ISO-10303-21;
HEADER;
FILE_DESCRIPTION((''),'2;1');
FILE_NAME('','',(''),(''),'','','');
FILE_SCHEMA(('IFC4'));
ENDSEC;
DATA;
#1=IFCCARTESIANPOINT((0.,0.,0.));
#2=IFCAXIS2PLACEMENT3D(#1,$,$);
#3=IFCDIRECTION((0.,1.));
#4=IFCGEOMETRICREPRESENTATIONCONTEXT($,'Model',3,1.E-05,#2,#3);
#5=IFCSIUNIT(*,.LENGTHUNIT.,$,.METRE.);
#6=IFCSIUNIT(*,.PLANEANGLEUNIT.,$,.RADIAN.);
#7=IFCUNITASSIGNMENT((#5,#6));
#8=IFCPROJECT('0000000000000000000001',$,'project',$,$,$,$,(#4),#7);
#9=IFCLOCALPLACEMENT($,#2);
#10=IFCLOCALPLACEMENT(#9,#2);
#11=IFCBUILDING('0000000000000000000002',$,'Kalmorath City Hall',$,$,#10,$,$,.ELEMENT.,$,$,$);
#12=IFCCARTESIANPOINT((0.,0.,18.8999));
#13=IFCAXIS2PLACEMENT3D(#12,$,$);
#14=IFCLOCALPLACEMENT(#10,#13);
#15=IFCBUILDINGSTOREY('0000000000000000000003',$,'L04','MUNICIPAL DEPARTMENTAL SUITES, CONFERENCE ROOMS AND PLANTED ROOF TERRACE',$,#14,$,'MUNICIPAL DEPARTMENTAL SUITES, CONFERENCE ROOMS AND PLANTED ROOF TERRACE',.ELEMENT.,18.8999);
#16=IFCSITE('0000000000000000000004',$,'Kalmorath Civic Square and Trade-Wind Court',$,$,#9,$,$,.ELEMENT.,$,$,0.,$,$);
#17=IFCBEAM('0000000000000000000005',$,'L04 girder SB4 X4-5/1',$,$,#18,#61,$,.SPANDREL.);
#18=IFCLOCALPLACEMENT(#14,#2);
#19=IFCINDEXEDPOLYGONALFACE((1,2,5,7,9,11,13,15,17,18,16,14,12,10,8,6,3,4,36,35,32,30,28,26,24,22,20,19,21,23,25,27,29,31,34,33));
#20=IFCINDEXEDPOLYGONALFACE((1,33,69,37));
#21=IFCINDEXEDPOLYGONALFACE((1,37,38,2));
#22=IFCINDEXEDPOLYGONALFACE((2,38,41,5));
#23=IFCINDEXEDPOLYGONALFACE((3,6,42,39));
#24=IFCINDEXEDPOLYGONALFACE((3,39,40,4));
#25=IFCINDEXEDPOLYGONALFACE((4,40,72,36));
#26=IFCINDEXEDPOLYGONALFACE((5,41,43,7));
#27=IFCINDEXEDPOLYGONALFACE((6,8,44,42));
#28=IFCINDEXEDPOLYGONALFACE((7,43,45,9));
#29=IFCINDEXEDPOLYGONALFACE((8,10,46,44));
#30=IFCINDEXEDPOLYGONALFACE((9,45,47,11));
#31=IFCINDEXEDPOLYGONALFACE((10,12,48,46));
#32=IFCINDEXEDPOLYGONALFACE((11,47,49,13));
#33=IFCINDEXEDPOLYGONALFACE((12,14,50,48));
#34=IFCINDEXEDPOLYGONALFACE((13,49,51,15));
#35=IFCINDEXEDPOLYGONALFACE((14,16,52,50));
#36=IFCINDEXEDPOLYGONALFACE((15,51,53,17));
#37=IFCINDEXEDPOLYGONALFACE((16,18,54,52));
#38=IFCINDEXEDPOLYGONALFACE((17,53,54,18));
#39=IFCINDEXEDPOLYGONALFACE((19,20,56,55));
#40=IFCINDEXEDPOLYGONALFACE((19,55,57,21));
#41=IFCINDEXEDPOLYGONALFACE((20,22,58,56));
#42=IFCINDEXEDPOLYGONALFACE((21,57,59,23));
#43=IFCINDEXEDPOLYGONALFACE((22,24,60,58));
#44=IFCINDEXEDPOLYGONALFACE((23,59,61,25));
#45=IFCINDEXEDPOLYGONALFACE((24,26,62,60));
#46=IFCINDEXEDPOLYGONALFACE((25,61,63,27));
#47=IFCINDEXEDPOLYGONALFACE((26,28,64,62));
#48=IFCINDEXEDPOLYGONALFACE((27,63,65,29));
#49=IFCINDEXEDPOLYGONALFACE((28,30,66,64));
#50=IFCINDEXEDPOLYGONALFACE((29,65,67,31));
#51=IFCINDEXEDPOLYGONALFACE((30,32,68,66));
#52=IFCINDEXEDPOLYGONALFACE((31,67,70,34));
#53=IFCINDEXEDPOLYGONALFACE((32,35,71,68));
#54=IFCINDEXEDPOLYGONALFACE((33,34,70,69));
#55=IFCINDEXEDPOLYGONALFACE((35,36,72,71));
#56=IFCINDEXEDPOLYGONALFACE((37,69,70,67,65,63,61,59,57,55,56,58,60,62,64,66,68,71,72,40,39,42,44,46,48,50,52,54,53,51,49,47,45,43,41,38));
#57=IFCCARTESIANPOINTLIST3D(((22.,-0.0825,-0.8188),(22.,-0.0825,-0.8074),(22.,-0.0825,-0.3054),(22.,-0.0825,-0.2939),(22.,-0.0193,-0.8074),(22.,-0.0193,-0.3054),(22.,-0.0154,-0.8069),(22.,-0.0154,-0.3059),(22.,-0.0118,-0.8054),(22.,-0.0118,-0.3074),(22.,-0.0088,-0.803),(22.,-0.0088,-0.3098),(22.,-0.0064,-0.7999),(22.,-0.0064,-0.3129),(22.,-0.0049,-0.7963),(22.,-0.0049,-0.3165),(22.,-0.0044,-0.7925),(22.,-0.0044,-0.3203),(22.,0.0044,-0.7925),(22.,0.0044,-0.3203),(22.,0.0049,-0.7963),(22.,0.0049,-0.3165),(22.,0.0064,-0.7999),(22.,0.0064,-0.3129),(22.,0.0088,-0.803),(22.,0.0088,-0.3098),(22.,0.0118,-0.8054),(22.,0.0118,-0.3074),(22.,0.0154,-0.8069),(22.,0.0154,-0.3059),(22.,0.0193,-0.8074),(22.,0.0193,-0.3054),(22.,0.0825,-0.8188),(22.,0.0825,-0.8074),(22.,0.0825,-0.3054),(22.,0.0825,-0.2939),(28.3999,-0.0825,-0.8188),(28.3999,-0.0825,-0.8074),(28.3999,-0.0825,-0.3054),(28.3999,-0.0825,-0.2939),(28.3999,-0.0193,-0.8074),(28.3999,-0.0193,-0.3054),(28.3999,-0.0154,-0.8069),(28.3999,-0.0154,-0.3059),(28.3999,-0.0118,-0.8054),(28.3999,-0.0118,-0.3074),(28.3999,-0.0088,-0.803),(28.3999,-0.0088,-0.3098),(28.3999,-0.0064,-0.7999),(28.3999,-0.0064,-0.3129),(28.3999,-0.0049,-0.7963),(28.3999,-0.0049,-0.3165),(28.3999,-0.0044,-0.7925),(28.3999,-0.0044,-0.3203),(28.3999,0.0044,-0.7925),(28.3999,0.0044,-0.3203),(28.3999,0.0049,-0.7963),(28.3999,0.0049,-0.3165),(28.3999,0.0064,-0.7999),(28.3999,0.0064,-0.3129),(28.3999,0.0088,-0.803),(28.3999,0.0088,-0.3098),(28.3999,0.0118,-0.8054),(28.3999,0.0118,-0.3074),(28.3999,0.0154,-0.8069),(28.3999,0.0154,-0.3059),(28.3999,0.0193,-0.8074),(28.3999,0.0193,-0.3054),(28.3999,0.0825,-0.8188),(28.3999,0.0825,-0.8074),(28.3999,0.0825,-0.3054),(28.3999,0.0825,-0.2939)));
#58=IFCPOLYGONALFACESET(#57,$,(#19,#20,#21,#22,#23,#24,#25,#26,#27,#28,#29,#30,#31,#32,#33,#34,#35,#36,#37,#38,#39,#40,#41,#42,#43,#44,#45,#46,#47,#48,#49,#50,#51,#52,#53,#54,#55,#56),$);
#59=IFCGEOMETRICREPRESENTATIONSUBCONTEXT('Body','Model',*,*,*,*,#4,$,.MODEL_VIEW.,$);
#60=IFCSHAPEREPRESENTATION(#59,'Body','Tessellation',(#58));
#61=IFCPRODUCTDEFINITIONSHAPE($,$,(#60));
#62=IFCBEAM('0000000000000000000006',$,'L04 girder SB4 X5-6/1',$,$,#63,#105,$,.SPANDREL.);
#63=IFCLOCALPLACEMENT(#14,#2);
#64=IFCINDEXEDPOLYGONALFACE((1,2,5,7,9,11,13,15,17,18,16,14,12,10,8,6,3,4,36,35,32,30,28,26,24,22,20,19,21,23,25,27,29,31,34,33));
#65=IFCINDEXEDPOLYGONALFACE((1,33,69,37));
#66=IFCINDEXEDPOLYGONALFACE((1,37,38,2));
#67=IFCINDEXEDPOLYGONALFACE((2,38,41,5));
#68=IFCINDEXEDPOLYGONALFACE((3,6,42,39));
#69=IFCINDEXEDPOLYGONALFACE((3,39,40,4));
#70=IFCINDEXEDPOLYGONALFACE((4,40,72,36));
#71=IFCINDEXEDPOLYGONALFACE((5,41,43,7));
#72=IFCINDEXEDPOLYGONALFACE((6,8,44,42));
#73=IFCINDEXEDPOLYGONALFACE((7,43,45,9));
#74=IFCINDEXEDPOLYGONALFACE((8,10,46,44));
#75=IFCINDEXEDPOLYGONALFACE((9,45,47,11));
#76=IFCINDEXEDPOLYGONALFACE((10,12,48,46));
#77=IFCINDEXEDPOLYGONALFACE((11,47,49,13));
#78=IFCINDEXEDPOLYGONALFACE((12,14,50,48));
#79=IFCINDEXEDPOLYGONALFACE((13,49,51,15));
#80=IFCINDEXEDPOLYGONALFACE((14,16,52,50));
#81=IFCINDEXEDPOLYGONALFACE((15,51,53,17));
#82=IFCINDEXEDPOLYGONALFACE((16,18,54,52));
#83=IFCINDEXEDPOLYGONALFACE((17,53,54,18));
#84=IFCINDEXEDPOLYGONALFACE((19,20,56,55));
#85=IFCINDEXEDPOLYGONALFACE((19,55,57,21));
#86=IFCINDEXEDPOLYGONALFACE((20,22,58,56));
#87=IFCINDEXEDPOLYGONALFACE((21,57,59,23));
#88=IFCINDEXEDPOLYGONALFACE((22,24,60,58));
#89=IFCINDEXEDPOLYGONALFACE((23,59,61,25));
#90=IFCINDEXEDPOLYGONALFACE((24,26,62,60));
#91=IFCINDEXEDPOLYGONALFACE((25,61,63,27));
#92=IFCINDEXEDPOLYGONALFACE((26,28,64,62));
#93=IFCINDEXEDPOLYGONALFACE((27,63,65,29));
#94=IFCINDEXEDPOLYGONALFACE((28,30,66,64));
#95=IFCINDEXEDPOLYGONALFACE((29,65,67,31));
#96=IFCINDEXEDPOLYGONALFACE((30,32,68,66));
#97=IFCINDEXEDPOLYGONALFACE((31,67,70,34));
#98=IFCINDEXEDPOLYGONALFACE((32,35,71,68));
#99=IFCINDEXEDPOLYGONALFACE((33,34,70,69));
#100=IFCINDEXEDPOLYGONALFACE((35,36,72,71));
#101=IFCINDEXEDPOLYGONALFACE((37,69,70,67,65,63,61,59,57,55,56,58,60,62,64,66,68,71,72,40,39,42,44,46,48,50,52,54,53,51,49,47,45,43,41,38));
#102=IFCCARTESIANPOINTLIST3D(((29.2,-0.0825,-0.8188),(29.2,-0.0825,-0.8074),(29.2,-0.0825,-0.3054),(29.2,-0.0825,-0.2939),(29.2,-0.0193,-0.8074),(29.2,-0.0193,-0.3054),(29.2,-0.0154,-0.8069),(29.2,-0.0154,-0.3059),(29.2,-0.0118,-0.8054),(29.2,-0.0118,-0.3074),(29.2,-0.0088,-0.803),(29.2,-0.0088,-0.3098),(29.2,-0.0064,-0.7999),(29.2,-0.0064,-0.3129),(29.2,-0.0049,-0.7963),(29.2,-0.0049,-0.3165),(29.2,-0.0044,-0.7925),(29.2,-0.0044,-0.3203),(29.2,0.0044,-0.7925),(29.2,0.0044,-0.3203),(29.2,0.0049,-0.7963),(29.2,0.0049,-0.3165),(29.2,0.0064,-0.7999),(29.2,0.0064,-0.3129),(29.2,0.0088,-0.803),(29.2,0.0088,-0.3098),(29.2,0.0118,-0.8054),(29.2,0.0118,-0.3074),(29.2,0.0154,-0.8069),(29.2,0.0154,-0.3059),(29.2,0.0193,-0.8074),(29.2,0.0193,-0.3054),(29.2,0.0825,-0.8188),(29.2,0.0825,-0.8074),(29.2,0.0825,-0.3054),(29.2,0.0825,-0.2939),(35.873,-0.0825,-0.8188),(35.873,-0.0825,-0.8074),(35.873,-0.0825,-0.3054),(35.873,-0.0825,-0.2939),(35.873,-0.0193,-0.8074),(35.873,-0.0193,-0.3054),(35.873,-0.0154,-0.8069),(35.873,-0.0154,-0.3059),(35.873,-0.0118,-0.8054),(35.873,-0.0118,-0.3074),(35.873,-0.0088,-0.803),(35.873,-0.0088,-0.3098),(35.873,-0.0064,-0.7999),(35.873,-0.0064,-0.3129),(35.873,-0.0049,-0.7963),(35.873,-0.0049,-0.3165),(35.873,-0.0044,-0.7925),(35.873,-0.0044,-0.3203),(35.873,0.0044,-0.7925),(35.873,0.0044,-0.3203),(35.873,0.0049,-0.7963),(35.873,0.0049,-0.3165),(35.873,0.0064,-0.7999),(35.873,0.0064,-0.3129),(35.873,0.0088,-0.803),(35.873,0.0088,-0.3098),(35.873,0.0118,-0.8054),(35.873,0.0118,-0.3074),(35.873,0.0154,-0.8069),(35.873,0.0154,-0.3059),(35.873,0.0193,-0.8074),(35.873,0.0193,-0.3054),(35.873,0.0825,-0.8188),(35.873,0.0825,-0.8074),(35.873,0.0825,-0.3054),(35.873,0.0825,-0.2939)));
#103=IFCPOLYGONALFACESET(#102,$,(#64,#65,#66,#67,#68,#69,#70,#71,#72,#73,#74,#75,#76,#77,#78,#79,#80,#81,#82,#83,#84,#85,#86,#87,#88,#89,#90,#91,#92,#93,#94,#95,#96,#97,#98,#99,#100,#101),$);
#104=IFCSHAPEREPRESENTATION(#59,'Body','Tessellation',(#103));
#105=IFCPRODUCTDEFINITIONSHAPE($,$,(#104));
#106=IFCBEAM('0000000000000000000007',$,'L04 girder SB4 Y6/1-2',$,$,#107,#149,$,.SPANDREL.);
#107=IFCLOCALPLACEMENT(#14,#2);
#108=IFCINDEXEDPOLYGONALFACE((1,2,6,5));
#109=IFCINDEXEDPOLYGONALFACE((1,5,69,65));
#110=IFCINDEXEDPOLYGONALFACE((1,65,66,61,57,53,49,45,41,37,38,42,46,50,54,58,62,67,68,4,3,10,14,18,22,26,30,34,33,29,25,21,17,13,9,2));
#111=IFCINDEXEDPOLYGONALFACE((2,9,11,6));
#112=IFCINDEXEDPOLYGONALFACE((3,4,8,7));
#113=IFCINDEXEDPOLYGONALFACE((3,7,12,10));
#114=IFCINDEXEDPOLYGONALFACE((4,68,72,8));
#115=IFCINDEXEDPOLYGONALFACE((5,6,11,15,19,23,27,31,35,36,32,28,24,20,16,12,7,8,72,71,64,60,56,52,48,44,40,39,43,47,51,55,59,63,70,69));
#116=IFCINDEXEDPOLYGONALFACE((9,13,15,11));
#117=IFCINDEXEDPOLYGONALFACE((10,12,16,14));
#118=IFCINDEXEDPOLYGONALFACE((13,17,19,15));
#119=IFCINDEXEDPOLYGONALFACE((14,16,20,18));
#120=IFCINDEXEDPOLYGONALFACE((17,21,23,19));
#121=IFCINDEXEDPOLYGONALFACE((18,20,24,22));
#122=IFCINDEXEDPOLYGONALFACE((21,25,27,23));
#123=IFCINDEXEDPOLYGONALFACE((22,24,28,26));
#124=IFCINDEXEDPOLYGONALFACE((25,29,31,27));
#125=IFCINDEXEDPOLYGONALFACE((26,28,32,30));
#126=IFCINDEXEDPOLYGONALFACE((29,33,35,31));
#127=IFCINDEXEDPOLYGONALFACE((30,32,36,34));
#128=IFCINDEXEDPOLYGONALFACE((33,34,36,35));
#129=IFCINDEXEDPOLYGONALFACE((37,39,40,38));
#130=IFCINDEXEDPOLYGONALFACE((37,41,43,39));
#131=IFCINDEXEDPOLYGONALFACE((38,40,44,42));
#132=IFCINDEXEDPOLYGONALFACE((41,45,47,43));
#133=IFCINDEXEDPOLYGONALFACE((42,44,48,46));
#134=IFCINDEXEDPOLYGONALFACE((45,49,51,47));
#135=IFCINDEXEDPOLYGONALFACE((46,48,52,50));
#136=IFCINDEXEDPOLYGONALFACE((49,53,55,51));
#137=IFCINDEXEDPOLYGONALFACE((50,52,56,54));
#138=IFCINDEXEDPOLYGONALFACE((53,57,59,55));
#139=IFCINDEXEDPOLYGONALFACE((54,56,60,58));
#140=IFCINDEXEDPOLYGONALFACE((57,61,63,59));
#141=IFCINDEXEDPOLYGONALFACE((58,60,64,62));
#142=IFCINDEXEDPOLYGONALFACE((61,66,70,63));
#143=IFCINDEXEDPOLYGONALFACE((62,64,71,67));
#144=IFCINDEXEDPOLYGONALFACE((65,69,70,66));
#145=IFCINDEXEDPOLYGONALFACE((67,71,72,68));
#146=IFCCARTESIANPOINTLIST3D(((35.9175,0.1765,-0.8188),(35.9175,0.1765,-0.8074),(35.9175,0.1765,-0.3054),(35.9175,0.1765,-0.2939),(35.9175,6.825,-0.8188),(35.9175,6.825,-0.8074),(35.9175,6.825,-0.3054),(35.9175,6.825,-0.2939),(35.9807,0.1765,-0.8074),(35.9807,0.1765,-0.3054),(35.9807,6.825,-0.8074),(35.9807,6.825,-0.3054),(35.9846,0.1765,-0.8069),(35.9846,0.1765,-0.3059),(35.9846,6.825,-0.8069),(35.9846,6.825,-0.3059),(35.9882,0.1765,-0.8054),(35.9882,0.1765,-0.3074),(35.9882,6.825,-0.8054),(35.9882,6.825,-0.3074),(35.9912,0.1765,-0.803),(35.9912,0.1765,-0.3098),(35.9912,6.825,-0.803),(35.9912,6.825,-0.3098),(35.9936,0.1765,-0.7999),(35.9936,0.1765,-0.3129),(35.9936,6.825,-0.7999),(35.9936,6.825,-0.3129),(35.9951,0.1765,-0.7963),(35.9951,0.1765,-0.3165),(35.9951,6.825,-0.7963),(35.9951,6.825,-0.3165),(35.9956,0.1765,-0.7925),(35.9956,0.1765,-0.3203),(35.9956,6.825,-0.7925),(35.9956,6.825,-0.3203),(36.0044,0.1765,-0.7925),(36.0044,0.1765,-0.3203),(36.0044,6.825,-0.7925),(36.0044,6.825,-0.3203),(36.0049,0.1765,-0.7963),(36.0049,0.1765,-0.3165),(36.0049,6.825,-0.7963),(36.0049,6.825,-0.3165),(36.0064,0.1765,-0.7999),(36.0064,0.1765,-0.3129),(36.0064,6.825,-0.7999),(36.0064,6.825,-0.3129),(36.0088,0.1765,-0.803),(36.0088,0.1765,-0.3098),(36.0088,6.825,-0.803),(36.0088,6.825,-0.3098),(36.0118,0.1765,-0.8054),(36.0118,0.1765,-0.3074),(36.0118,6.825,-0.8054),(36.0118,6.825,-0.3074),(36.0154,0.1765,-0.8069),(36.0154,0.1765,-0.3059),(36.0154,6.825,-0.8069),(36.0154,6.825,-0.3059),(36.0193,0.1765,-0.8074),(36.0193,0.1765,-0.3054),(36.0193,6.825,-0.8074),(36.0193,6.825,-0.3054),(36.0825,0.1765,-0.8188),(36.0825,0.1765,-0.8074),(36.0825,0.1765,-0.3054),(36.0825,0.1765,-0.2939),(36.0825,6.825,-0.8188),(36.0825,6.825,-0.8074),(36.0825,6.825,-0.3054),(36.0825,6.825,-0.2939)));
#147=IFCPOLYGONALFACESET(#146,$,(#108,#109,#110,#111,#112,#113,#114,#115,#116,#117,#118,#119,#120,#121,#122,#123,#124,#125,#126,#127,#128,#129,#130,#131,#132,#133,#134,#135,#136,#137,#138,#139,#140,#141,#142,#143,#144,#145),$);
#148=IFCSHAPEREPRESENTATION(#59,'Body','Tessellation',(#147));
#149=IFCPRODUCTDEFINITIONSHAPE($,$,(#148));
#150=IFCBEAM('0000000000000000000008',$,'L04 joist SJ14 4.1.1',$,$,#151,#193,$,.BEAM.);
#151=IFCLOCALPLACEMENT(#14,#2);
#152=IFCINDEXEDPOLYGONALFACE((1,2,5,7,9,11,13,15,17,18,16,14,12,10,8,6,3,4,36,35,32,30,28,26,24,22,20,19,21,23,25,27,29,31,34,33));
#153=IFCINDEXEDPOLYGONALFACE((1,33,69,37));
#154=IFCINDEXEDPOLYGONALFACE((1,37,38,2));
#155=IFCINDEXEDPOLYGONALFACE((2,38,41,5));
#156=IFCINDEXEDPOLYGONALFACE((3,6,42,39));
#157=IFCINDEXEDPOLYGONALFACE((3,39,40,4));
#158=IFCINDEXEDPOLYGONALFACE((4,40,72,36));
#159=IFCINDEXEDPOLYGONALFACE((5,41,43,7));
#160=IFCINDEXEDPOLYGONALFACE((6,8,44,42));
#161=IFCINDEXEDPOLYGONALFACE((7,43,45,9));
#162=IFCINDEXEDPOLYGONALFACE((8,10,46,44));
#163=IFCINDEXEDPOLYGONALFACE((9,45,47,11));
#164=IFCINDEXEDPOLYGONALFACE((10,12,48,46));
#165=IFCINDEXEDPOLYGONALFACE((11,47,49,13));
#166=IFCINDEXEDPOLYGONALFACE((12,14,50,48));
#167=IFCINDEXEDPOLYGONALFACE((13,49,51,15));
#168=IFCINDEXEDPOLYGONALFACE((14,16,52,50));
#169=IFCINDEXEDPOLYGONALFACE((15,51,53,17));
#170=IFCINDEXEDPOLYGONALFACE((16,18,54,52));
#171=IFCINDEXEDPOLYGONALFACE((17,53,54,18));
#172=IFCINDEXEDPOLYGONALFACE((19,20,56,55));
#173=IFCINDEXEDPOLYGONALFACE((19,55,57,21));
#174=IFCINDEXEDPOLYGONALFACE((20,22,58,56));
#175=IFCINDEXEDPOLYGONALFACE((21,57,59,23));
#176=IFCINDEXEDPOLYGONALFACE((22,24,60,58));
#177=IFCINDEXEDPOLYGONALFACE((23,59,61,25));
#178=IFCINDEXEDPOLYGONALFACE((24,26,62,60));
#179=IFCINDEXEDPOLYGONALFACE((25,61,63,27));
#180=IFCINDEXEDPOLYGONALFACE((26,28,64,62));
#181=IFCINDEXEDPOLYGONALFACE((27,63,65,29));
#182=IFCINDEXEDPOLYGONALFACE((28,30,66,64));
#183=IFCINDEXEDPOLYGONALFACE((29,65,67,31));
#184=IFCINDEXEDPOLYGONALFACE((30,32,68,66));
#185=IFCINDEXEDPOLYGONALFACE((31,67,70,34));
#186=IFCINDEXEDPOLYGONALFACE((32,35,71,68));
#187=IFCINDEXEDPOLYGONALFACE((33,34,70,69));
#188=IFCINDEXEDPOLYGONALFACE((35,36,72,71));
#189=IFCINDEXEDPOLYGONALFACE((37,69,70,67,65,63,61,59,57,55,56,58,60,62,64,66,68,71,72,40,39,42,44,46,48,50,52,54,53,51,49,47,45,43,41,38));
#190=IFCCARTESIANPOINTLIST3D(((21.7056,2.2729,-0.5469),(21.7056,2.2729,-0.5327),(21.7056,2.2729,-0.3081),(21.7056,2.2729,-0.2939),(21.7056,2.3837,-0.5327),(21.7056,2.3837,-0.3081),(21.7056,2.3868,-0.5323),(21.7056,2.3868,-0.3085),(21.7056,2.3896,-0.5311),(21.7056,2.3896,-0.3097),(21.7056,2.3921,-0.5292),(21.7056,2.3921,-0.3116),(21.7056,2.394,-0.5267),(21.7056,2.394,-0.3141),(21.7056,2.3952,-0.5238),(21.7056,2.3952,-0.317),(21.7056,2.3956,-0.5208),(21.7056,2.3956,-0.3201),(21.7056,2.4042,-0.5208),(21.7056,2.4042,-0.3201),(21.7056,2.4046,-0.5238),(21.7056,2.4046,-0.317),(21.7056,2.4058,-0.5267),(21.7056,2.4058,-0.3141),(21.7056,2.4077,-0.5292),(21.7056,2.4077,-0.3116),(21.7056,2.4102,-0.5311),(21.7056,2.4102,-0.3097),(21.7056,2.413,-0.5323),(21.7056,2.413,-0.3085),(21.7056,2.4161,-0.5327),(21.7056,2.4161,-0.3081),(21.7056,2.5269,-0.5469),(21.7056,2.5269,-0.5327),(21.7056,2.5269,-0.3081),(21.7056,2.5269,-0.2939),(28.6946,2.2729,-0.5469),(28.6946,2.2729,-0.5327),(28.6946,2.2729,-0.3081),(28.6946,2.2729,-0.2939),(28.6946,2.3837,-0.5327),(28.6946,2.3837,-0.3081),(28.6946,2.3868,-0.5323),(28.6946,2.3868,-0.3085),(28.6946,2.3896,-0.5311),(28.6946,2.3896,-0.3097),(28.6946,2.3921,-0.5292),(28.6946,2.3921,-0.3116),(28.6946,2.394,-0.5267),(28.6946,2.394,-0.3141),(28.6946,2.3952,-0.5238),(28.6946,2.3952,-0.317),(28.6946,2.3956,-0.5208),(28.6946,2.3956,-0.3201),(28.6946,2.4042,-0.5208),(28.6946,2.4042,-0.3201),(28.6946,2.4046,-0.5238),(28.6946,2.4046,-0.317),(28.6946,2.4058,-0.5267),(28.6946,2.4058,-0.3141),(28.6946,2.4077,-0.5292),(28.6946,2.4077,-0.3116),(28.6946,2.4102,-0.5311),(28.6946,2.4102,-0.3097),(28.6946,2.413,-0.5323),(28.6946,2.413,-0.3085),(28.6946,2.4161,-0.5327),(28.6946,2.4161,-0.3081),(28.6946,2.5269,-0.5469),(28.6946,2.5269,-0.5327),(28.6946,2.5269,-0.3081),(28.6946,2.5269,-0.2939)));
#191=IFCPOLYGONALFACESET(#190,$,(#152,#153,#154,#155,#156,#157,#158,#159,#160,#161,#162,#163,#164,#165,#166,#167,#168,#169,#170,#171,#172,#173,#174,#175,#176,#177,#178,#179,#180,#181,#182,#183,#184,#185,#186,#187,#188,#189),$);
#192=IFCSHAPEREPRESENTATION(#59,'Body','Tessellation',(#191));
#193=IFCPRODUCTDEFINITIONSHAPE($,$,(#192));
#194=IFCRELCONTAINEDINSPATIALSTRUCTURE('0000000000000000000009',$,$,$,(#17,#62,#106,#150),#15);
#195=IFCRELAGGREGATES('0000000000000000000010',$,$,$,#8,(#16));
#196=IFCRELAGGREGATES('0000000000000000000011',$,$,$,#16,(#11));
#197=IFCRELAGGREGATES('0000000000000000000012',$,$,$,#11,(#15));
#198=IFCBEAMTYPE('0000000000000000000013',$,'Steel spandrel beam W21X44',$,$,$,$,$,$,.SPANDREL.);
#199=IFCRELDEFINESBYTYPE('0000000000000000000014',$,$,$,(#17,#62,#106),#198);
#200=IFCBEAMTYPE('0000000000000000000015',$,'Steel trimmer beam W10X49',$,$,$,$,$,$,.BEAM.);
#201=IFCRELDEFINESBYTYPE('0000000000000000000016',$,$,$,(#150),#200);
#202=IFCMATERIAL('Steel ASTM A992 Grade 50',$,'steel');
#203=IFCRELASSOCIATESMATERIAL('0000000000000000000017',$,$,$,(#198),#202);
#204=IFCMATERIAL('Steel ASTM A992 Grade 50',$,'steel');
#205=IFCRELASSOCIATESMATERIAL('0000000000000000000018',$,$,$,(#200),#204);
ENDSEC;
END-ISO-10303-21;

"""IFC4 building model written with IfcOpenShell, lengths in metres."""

from ifc_helpers import new_model, si_unit, direction, frame, origin, origin_2d, place, context, subcontext, project, spatial, i_section, extrude, material, material_profile, profile_set, type_object, element, save


model = new_model("IFC4")

# Units and contexts
model_context = context("Model", 3, precision=1e-05, world=origin(), true_north=direction((0.0, 1.0)))
body_context = subcontext(model_context, "Body", "Model", "MODEL_VIEW")
ifc_project = project(units=[si_unit("LENGTHUNIT", "METRE"), si_unit("PLANEANGLEUNIT", "RADIAN")], contexts=[model_context])

# Site, building, storey
site_placement = place(None, origin())
site = spatial("IfcSite", under=ifc_project, at=site_placement, Name="Kalmorath Civic Square and Trade-Wind Court", CompositionType="ELEMENT", RefElevation=0.0)
building_placement = place(site_placement, origin())
building = spatial("IfcBuilding", under=site, at=building_placement, Name="Kalmorath City Hall", CompositionType="ELEMENT")
storey_placement = place(building_placement, frame((0.0, 0.0, 18.8999)))
storey = spatial("IfcBuildingStorey", under=building, at=storey_placement, Name="L04", Description="MUNICIPAL DEPARTMENTAL SUITES, CONFERENCE ROOMS AND PLANTED ROOF TERRACE", LongName="MUNICIPAL DEPARTMENTAL SUITES, CONFERENCE ROOMS AND PLANTED ROOF TERRACE", CompositionType="ELEMENT", Elevation=18.8999)

# Beams
ifc_material_1 = material(Name="Steel ASTM A992 Grade 50", Category="steel")
ifc_material_profile_1 = material_profile(ifc_material_1, i_section(OverallWidth=0.165, OverallDepth=0.5249, WebThickness=0.0088, FlangeThickness=0.0115, FilletRadius=0.0149, at=origin_2d()), Name="W21X44")
ifc_profile_set_1 = profile_set([ifc_material_profile_1], Name="Steel ASTM A992 Grade 50")
beam_type_1 = type_object("IfcBeamType", Name="Steel spandrel beam W21X44", PredefinedType="SPANDREL", material=ifc_profile_set_1)
beam_1_placement = place(storey_placement, frame((22.0, 0.0, -0.5564), z_axis=(1.0, 0.0, 0.0), x_axis=(0.0, 1.0, 0.0)))
element("IfcBeam", 1, at=beam_1_placement, inside=storey, type_object=beam_type_1, Name="L04 girder SB4 X4-5/1", PredefinedType="SPANDREL", context=body_context, shape_type="SweptSolid", body=[
    extrude(i_section(OverallWidth=0.165, OverallDepth=0.5249, WebThickness=0.0088, FlangeThickness=0.0115, FilletRadius=0.0149, at=origin_2d()), origin(), (0.0, 0.0, 1.0), 6.3999),
])
beam_2_placement = place(storey_placement, frame((29.2, 0.0, -0.5564), z_axis=(1.0, 0.0, 0.0), x_axis=(0.0, 1.0, 0.0)))
element("IfcBeam", 2, at=beam_2_placement, inside=storey, type_object=beam_type_1, Name="L04 girder SB4 X5-6/1", PredefinedType="SPANDREL", context=body_context, shape_type="SweptSolid", body=[
    extrude(i_section(OverallWidth=0.165, OverallDepth=0.5249, WebThickness=0.0088, FlangeThickness=0.0115, FilletRadius=0.0149, at=origin_2d()), origin(), (0.0, 0.0, 1.0), 6.6731),
])
beam_3_placement = place(storey_placement, frame((36.0, 0.1765, -0.5564), z_axis=(0.0, 1.0, 0.0), x_axis=(-1.0, 0.0, 0.0)))
element("IfcBeam", 3, at=beam_3_placement, inside=storey, type_object=beam_type_1, Name="L04 girder SB4 Y6/1-2", PredefinedType="SPANDREL", context=body_context, shape_type="SweptSolid", body=[
    extrude(i_section(OverallWidth=0.165, OverallDepth=0.5249, WebThickness=0.0088, FlangeThickness=0.0115, FilletRadius=0.0149, at=origin_2d()), origin(), (0.0, 0.0, 1.0), 6.6484),
])
ifc_material_2 = material(Name="Steel ASTM A992 Grade 50", Category="steel")
ifc_material_profile_2 = material_profile(ifc_material_2, i_section(OverallWidth=0.2539, OverallDepth=0.2529, WebThickness=0.0085, FlangeThickness=0.0142, FilletRadius=0.012, at=origin_2d()), Name="W10X49")
ifc_profile_set_2 = profile_set([ifc_material_profile_2], Name="Steel ASTM A992 Grade 50")
beam_type_2 = type_object("IfcBeamType", Name="Steel trimmer beam W10X49", PredefinedType="BEAM", material=ifc_profile_set_2)
for number, where, z_axis, x_axis, name in (
    (4, (21.7056, 2.3999, -0.4204), (1.0, 0.0, 0.0), (0.0, 1.0, 0.0), "L04 joist SJ14 4.1.1"),
):
    element("IfcBeam", number, at=place(storey_placement, frame(where, z_axis=z_axis, x_axis=x_axis)), inside=storey, type_object=beam_type_2, Name=name, PredefinedType="BEAM", context=body_context, shape_type="SweptSolid", body=[
        extrude(i_section(OverallWidth=0.2539, OverallDepth=0.2529, WebThickness=0.0085, FlangeThickness=0.0142, FilletRadius=0.012, at=origin_2d()), origin(), (0.0, 0.0, 1.0), 6.989),
    ])

save(model, "model.ifc")
